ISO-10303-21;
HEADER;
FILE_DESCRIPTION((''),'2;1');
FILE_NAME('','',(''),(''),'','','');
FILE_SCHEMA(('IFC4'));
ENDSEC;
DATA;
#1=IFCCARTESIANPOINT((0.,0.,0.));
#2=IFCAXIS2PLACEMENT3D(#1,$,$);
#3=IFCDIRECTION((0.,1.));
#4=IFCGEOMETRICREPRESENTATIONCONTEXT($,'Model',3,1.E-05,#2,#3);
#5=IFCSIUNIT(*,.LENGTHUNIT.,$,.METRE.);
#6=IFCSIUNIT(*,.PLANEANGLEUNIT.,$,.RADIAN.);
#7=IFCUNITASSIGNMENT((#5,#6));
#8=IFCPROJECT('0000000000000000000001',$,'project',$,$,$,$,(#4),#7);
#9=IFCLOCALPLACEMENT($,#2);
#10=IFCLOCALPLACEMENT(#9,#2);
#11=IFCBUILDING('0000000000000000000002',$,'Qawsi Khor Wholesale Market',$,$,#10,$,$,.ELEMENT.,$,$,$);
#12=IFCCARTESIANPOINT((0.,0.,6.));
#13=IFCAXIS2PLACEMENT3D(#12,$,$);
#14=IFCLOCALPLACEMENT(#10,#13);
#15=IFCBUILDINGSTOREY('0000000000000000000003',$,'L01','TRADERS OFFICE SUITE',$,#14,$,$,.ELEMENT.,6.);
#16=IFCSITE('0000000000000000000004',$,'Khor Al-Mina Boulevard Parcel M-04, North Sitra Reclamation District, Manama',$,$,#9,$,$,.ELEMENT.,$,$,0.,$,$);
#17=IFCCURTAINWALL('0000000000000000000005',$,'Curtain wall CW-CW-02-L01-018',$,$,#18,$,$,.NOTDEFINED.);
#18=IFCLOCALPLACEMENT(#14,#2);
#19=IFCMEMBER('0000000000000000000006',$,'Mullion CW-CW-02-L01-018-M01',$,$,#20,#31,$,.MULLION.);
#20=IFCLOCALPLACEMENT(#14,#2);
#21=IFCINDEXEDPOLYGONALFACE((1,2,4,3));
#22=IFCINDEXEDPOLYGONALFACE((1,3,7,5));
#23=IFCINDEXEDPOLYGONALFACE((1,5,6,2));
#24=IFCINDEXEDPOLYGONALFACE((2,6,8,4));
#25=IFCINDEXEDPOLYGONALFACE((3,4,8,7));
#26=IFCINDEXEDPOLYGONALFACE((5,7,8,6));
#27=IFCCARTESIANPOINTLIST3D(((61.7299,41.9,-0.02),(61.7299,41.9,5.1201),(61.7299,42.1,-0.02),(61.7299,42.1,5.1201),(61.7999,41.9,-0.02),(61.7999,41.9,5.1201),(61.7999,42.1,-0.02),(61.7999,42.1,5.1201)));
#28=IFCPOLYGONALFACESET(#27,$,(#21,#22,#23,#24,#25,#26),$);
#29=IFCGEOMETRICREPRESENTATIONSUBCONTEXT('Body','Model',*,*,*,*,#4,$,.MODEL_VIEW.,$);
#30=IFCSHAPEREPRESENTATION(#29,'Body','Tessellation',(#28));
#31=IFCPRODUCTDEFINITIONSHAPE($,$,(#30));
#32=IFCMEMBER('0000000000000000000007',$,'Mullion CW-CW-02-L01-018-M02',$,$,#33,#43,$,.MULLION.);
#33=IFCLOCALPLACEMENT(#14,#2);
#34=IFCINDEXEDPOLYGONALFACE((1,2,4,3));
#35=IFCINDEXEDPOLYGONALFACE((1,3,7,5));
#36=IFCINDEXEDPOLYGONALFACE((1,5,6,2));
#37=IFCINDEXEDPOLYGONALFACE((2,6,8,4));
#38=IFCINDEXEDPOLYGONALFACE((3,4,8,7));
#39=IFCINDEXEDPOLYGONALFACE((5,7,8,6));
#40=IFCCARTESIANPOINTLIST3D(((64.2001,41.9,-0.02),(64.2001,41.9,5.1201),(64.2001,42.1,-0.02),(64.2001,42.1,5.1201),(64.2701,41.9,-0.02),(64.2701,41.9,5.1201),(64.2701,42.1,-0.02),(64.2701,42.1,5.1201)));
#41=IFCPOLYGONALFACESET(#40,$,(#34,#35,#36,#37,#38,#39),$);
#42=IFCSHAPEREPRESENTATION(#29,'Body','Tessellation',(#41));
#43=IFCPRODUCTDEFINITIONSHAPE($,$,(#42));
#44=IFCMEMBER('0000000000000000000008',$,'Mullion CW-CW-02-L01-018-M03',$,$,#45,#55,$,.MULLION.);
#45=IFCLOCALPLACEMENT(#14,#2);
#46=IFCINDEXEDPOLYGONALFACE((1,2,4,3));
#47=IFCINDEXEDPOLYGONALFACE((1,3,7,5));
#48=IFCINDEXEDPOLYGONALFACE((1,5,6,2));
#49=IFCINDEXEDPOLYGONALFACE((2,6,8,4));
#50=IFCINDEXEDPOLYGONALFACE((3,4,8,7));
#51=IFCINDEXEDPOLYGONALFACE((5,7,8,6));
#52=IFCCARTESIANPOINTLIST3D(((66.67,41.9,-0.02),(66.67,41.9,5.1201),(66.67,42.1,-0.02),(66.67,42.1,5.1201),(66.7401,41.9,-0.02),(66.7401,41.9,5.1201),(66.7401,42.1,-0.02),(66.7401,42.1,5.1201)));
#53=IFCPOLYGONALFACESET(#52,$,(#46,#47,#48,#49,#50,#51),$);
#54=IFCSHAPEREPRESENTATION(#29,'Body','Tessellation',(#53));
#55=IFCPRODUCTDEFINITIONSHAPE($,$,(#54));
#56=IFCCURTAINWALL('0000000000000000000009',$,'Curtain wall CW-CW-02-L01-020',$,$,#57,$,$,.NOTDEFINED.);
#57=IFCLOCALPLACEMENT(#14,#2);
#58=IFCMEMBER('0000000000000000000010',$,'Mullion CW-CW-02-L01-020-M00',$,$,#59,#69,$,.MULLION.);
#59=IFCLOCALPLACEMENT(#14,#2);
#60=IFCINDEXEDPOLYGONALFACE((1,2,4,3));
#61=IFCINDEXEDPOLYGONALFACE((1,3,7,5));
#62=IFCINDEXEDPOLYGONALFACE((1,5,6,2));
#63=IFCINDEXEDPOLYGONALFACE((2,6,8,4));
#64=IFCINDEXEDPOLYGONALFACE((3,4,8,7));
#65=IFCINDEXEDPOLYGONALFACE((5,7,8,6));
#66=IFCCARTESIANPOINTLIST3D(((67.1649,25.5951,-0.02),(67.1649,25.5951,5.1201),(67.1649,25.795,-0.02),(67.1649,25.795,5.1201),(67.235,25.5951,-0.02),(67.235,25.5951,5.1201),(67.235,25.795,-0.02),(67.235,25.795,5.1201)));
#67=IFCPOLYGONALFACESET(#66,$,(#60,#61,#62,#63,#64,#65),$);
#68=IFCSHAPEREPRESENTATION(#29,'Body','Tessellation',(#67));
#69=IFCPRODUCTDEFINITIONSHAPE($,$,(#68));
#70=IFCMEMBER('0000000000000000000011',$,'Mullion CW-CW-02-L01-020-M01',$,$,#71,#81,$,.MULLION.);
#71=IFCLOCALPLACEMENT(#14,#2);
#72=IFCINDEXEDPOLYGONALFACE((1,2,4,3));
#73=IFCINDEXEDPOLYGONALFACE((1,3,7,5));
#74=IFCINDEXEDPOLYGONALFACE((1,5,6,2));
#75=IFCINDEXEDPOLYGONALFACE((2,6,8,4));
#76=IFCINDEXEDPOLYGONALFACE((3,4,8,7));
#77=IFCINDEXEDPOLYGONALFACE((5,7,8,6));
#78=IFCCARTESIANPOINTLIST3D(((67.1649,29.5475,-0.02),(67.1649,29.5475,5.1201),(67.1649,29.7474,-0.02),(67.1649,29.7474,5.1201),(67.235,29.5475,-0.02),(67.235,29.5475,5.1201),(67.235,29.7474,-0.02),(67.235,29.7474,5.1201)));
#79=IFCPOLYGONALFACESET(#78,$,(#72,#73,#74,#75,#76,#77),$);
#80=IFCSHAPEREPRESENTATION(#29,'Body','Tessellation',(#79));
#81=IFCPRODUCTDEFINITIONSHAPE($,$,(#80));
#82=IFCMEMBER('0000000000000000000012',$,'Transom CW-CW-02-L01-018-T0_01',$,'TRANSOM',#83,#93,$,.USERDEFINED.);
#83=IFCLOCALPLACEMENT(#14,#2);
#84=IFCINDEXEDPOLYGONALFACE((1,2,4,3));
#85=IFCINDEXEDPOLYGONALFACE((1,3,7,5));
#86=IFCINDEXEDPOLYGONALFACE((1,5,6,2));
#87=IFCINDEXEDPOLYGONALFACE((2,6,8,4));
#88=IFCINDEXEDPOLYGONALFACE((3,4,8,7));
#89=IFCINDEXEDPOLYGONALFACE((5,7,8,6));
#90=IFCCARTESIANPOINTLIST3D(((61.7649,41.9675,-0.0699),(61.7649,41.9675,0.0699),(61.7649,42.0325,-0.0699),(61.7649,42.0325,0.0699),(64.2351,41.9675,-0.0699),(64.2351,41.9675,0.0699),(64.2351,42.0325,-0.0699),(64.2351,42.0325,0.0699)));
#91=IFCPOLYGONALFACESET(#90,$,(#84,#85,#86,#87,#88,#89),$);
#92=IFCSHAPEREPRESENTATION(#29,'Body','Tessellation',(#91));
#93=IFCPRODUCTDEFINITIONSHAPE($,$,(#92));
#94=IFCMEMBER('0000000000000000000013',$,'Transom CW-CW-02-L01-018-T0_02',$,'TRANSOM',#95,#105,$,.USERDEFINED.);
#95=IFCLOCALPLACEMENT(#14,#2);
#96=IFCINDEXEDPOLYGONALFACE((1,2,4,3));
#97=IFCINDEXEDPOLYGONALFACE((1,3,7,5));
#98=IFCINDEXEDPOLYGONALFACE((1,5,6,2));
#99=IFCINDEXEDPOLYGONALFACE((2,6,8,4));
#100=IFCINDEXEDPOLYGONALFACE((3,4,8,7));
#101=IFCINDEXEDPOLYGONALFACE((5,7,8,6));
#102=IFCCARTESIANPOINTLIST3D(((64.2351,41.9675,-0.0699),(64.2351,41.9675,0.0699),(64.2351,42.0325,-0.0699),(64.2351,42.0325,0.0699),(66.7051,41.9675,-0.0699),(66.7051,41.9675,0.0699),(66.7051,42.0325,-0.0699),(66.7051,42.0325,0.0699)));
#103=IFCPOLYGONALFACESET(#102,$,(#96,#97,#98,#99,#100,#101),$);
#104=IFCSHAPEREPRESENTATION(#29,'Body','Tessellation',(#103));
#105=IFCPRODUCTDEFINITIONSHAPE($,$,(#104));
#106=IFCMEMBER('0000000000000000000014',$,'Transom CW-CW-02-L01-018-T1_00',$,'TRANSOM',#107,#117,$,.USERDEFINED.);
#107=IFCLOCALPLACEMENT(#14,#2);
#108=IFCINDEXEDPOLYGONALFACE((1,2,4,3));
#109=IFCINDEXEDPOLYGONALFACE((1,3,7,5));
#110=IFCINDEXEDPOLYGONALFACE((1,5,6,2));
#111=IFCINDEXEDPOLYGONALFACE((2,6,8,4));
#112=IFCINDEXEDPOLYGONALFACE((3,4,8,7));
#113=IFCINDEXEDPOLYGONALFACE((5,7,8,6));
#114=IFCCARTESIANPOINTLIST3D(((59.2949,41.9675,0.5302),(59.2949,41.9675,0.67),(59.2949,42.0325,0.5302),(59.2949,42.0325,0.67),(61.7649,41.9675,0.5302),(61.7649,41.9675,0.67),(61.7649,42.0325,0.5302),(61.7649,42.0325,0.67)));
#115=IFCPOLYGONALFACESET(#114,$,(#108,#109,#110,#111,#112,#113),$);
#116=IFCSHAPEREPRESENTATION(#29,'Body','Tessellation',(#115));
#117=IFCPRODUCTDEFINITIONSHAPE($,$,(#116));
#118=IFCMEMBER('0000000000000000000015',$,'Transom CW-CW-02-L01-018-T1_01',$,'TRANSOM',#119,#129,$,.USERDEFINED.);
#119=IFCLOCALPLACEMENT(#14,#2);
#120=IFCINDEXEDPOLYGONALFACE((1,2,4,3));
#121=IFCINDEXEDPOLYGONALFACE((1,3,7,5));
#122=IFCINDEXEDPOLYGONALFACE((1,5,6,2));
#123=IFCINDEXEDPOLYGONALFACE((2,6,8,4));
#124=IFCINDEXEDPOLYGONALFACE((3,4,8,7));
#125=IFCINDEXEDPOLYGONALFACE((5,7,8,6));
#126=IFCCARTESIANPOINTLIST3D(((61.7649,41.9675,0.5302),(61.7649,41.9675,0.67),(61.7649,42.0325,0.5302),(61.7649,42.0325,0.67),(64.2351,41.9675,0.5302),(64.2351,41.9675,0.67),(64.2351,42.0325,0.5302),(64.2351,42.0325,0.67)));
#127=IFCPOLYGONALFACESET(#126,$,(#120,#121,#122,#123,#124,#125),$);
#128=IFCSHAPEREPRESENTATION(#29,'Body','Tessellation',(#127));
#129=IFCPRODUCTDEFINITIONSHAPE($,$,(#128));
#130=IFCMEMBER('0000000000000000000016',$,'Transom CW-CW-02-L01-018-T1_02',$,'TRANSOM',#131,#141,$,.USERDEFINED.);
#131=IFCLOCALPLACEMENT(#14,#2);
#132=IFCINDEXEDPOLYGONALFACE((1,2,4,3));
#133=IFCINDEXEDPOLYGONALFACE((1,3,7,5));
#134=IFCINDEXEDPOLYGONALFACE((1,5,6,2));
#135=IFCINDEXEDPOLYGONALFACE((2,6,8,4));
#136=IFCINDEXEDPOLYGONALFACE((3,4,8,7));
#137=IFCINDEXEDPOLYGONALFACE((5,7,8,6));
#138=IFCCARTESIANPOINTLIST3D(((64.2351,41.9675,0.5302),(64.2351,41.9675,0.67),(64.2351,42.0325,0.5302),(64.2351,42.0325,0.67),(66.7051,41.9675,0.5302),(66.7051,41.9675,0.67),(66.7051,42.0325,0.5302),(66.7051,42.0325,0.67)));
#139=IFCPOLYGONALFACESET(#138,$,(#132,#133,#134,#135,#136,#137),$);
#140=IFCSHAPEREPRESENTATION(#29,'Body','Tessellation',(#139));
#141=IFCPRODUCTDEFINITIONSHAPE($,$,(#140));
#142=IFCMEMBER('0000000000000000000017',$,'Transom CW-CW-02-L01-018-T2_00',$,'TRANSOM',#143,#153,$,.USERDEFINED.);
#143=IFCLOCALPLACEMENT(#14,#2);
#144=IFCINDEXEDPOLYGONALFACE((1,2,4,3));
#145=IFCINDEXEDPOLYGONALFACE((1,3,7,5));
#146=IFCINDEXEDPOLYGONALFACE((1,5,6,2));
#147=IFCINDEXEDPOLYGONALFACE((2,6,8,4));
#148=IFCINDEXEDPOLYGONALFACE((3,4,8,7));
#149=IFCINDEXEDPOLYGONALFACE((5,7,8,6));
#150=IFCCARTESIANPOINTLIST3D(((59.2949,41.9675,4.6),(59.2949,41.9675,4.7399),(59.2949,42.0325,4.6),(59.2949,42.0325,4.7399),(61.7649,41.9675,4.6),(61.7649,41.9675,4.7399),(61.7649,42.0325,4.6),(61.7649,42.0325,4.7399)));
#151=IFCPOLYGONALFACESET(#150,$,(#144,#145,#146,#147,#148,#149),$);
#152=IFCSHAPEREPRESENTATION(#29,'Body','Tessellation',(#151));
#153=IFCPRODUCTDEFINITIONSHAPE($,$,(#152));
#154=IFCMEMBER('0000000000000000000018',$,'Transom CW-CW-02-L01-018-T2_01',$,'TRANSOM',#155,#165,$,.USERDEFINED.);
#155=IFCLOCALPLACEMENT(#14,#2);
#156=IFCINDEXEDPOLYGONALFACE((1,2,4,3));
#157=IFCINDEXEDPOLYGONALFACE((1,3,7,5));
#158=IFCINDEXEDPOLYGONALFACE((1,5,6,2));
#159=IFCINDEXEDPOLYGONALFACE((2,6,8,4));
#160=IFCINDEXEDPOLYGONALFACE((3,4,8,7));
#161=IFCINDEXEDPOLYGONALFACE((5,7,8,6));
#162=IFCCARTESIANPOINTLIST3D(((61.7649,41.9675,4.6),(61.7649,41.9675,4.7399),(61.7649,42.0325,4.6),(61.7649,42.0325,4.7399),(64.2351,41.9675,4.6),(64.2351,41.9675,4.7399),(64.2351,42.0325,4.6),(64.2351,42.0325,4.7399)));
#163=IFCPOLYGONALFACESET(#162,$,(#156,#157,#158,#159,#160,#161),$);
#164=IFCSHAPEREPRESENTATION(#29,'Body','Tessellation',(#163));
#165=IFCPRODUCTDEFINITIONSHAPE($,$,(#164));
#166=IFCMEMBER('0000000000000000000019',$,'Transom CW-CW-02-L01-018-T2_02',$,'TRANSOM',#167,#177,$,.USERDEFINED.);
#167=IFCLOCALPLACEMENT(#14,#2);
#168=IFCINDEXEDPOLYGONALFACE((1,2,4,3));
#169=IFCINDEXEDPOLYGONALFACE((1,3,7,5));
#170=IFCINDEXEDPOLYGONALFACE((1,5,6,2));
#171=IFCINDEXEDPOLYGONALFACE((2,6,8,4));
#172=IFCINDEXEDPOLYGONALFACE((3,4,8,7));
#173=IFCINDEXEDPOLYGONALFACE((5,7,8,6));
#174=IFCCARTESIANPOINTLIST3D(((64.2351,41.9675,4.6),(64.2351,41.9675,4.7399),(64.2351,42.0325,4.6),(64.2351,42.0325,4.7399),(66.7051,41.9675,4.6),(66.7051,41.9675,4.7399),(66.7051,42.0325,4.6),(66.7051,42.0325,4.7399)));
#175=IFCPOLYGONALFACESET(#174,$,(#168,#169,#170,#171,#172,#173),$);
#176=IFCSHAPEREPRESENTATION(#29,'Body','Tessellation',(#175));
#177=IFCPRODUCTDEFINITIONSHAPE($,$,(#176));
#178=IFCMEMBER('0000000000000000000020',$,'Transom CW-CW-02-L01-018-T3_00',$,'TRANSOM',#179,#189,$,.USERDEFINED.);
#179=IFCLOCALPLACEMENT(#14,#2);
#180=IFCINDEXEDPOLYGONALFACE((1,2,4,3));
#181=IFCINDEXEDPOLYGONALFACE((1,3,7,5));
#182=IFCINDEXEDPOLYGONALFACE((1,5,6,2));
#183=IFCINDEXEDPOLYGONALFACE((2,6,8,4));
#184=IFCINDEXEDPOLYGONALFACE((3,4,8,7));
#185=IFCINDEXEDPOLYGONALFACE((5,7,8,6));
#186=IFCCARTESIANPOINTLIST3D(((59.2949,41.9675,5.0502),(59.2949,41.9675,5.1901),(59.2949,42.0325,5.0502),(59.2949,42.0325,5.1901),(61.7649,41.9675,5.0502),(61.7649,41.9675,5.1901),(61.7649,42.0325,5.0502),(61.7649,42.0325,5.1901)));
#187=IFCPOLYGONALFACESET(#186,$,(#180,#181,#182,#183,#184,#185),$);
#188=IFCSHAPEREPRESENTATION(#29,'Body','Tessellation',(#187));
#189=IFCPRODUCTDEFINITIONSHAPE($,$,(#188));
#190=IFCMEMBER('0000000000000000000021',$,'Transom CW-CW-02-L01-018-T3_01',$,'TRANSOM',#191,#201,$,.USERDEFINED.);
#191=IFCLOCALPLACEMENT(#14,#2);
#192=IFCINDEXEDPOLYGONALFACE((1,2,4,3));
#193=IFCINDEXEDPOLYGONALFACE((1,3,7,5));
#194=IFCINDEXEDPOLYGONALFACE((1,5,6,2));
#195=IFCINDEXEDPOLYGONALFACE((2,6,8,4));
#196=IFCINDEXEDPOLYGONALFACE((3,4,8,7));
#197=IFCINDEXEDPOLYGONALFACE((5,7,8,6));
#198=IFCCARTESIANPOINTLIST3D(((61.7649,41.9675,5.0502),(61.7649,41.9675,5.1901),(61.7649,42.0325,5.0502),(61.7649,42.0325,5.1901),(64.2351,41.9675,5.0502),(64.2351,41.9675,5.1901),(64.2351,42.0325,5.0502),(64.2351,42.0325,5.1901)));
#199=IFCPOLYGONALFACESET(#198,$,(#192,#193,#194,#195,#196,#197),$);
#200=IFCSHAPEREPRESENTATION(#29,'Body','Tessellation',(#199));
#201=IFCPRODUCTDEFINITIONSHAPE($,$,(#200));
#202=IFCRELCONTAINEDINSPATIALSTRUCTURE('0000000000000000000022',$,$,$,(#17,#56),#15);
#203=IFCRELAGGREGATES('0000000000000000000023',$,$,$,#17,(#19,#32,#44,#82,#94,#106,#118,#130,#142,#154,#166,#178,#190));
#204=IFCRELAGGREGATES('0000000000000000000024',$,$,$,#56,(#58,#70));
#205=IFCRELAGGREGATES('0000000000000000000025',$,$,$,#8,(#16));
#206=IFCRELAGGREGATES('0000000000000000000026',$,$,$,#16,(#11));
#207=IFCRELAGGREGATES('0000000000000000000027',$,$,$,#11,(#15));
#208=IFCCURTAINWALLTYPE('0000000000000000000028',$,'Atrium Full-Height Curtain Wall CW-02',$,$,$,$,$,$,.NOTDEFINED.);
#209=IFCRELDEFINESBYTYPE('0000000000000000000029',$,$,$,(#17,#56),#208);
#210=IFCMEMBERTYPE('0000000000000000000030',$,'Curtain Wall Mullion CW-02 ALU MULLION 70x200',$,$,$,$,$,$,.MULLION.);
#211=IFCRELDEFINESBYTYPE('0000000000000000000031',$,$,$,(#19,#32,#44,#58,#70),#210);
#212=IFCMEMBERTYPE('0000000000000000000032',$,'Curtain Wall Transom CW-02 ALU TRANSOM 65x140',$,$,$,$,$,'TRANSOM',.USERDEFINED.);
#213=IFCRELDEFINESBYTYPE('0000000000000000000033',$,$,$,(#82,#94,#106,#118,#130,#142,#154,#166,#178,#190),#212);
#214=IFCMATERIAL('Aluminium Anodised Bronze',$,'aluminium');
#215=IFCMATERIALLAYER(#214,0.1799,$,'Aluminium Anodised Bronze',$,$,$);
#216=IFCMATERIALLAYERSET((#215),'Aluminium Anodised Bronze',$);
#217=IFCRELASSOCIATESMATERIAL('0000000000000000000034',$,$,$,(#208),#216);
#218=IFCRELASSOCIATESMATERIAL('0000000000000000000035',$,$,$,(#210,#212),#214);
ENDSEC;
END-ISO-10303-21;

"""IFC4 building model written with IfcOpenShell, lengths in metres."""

from ifc_helpers import new_model, si_unit, direction, frame, origin, origin_2d, place, context, subcontext, project, spatial, rectangle, extrude, material, layer, layer_set, material_profile, profile_set, type_object, element, aggregate, save


model = new_model("IFC4")

# Units and contexts
model_context = context("Model", 3, precision=1e-05, world=origin(), true_north=direction((0.0, 1.0)))
body_context = subcontext(model_context, "Body", "Model", "MODEL_VIEW")
ifc_project = project(units=[si_unit("LENGTHUNIT", "METRE"), si_unit("PLANEANGLEUNIT", "RADIAN")], contexts=[model_context])

# Site, building, storey
site_placement = place(None, origin())
site = spatial("IfcSite", under=ifc_project, at=site_placement, Name="Khor Al-Mina Boulevard Parcel M-04, North Sitra Reclamation District, Manama", CompositionType="ELEMENT", RefElevation=0.0)
building_placement = place(site_placement, origin())
building = spatial("IfcBuilding", under=site, at=building_placement, Name="Qawsi Khor Wholesale Market", CompositionType="ELEMENT")
storey_placement = place(building_placement, frame((0.0, 0.0, 6.0)))
storey = spatial("IfcBuildingStorey", under=building, at=storey_placement, Name="L01", Description="TRADERS OFFICE SUITE", CompositionType="ELEMENT", Elevation=6.0)

# Curtain walls, members
ifc_material_1 = material(Name="Aluminium Anodised Bronze", Category="aluminium")
ifc_layer_1 = layer(ifc_material_1, 0.1799, Name="Aluminium Anodised Bronze")
ifc_layer_set_1 = layer_set([ifc_layer_1], Name="Aluminium Anodised Bronze")
curtain_wall_type = type_object("IfcCurtainWallType", Name="Atrium Full-Height Curtain Wall CW-02", PredefinedType="NOTDEFINED", material=ifc_layer_set_1)
curtain_wall_1_placement = place(storey_placement, origin())
curtain_wall_1 = element("IfcCurtainWall", 1, at=curtain_wall_1_placement, inside=storey, type_object=curtain_wall_type, Name="Curtain wall CW-CW-02-L01-018", PredefinedType="NOTDEFINED")
ifc_material_profile_1 = material_profile(ifc_material_1, rectangle(XDim=0.0701, YDim=0.2, at=origin_2d()), Name="ALU MULLION 70x200")
ifc_profile_set_1 = profile_set([ifc_material_profile_1], Name="Aluminium Anodised Bronze")
member_type_1 = type_object("IfcMemberType", Name="Curtain Wall Mullion CW-02 ALU MULLION 70x200", PredefinedType="MULLION", material=ifc_profile_set_1)
member_1_placement = place(storey_placement, frame((61.7649, 42.0, -0.02), z_axis=(0.0, 0.0, 1.0), x_axis=(1.0, 0.0, 0.0)))
member_1 = element("IfcMember", 2, at=member_1_placement, type_object=member_type_1, Name="Mullion CW-CW-02-L01-018-M01", PredefinedType="MULLION", context=body_context, shape_type="SweptSolid", body=[
    extrude(rectangle(XDim=0.0701, YDim=0.2, at=origin_2d()), origin(), (0.0, 0.0, 1.0), 5.1401),
])
member_2_placement = place(storey_placement, frame((64.2351, 42.0, -0.02), z_axis=(0.0, 0.0, 1.0), x_axis=(1.0, 0.0, 0.0)))
member_2 = element("IfcMember", 3, at=member_2_placement, type_object=member_type_1, Name="Mullion CW-CW-02-L01-018-M02", PredefinedType="MULLION", context=body_context, shape_type="SweptSolid", body=[
    extrude(rectangle(XDim=0.0701, YDim=0.2, at=origin_2d()), origin(), (0.0, 0.0, 1.0), 5.1401),
])
member_3_placement = place(storey_placement, frame((66.7051, 42.0, -0.02), z_axis=(0.0, 0.0, 1.0), x_axis=(1.0, 0.0, 0.0)))
member_3 = element("IfcMember", 4, at=member_3_placement, type_object=member_type_1, Name="Mullion CW-CW-02-L01-018-M03", PredefinedType="MULLION", context=body_context, shape_type="SweptSolid", body=[
    extrude(rectangle(XDim=0.0701, YDim=0.2, at=origin_2d()), origin(), (0.0, 0.0, 1.0), 5.1401),
])
curtain_wall_2_placement = place(storey_placement, origin())
curtain_wall_2 = element("IfcCurtainWall", 5, at=curtain_wall_2_placement, inside=storey, type_object=curtain_wall_type, Name="Curtain wall CW-CW-02-L01-020", PredefinedType="NOTDEFINED")
member_4_placement = place(storey_placement, frame((67.2, 25.6951, -0.02), z_axis=(0.0, 0.0, 1.0), x_axis=(1.0, 0.0, 0.0)))
member_4 = element("IfcMember", 6, at=member_4_placement, type_object=member_type_1, Name="Mullion CW-CW-02-L01-020-M00", PredefinedType="MULLION", context=body_context, shape_type="SweptSolid", body=[
    extrude(rectangle(XDim=0.0701, YDim=0.2, at=origin_2d()), origin(), (0.0, 0.0, 1.0), 5.1401),
])
member_5_placement = place(storey_placement, frame((67.2, 29.6475, -0.02), z_axis=(0.0, 0.0, 1.0), x_axis=(1.0, 0.0, 0.0)))
member_5 = element("IfcMember", 7, at=member_5_placement, type_object=member_type_1, Name="Mullion CW-CW-02-L01-020-M01", PredefinedType="MULLION", context=body_context, shape_type="SweptSolid", body=[
    extrude(rectangle(XDim=0.0701, YDim=0.2, at=origin_2d()), origin(), (0.0, 0.0, 1.0), 5.1401),
])

# Members
ifc_material_profile_2 = material_profile(ifc_material_1, rectangle(XDim=0.0649, YDim=0.1399, at=origin_2d()), Name="ALU TRANSOM 65x140")
ifc_profile_set_2 = profile_set([ifc_material_profile_2], Name="Aluminium Anodised Bronze")
member_type_2 = type_object("IfcMemberType", Name="Curtain Wall Transom CW-02 ALU TRANSOM 65x140", ElementType="TRANSOM", PredefinedType="USERDEFINED", material=ifc_profile_set_2)
member_6_placement = place(storey_placement, frame((61.7649, 42.0, 0.0), z_axis=(1.0, 0.0, 0.0), x_axis=(0.0, 1.0, 0.0)))
member_6 = element("IfcMember", 8, at=member_6_placement, type_object=member_type_2, Name="Transom CW-CW-02-L01-018-T0_01", ObjectType="TRANSOM", PredefinedType="USERDEFINED", context=body_context, shape_type="SweptSolid", body=[
    extrude(rectangle(XDim=0.0649, YDim=0.1399, at=origin_2d()), origin(), (0.0, 0.0, 1.0), 2.4702),
])
member_7_placement = place(storey_placement, frame((64.2351, 42.0, 0.0), z_axis=(1.0, 0.0, 0.0), x_axis=(0.0, 1.0, 0.0)))
member_7 = element("IfcMember", 9, at=member_7_placement, type_object=member_type_2, Name="Transom CW-CW-02-L01-018-T0_02", ObjectType="TRANSOM", PredefinedType="USERDEFINED", context=body_context, shape_type="SweptSolid", body=[
    extrude(rectangle(XDim=0.0649, YDim=0.1399, at=origin_2d()), origin(), (0.0, 0.0, 1.0), 2.47),
])
member_8_placement = place(storey_placement, frame((59.2949, 42.0, 0.6001), z_axis=(1.0, 0.0, 0.0), x_axis=(0.0, 1.0, 0.0)))
member_8 = element("IfcMember", 10, at=member_8_placement, type_object=member_type_2, Name="Transom CW-CW-02-L01-018-T1_00", ObjectType="TRANSOM", PredefinedType="USERDEFINED", context=body_context, shape_type="SweptSolid", body=[
    extrude(rectangle(XDim=0.0649, YDim=0.1399, at=origin_2d()), origin(), (0.0, 0.0, 1.0), 2.47),
])
member_9_placement = place(storey_placement, frame((61.7649, 42.0, 0.6001), z_axis=(1.0, 0.0, 0.0), x_axis=(0.0, 1.0, 0.0)))
member_9 = element("IfcMember", 11, at=member_9_placement, type_object=member_type_2, Name="Transom CW-CW-02-L01-018-T1_01", ObjectType="TRANSOM", PredefinedType="USERDEFINED", context=body_context, shape_type="SweptSolid", body=[
    extrude(rectangle(XDim=0.0649, YDim=0.1399, at=origin_2d()), origin(), (0.0, 0.0, 1.0), 2.4702),
])
member_10_placement = place(storey_placement, frame((64.2351, 42.0, 0.6001), z_axis=(1.0, 0.0, 0.0), x_axis=(0.0, 1.0, 0.0)))
member_10 = element("IfcMember", 12, at=member_10_placement, type_object=member_type_2, Name="Transom CW-CW-02-L01-018-T1_02", ObjectType="TRANSOM", PredefinedType="USERDEFINED", context=body_context, shape_type="SweptSolid", body=[
    extrude(rectangle(XDim=0.0649, YDim=0.1399, at=origin_2d()), origin(), (0.0, 0.0, 1.0), 2.47),
])
member_11_placement = place(storey_placement, frame((59.2949, 42.0, 4.6699), z_axis=(1.0, 0.0, 0.0), x_axis=(0.0, 1.0, 0.0)))
member_11 = element("IfcMember", 13, at=member_11_placement, type_object=member_type_2, Name="Transom CW-CW-02-L01-018-T2_00", ObjectType="TRANSOM", PredefinedType="USERDEFINED", context=body_context, shape_type="SweptSolid", body=[
    extrude(rectangle(XDim=0.0649, YDim=0.1399, at=origin_2d()), origin(), (0.0, 0.0, 1.0), 2.47),
])
member_12_placement = place(storey_placement, frame((61.7649, 42.0, 4.6699), z_axis=(1.0, 0.0, 0.0), x_axis=(0.0, 1.0, 0.0)))
member_12 = element("IfcMember", 14, at=member_12_placement, type_object=member_type_2, Name="Transom CW-CW-02-L01-018-T2_01", ObjectType="TRANSOM", PredefinedType="USERDEFINED", context=body_context, shape_type="SweptSolid", body=[
    extrude(rectangle(XDim=0.0649, YDim=0.1399, at=origin_2d()), origin(), (0.0, 0.0, 1.0), 2.4702),
])
member_13_placement = place(storey_placement, frame((64.2351, 42.0, 4.6699), z_axis=(1.0, 0.0, 0.0), x_axis=(0.0, 1.0, 0.0)))
member_13 = element("IfcMember", 15, at=member_13_placement, type_object=member_type_2, Name="Transom CW-CW-02-L01-018-T2_02", ObjectType="TRANSOM", PredefinedType="USERDEFINED", context=body_context, shape_type="SweptSolid", body=[
    extrude(rectangle(XDim=0.0649, YDim=0.1399, at=origin_2d()), origin(), (0.0, 0.0, 1.0), 2.47),
])
member_14_placement = place(storey_placement, frame((59.2949, 42.0, 5.1201), z_axis=(1.0, 0.0, 0.0), x_axis=(0.0, 1.0, 0.0)))
member_14 = element("IfcMember", 16, at=member_14_placement, type_object=member_type_2, Name="Transom CW-CW-02-L01-018-T3_00", ObjectType="TRANSOM", PredefinedType="USERDEFINED", context=body_context, shape_type="SweptSolid", body=[
    extrude(rectangle(XDim=0.0649, YDim=0.1399, at=origin_2d()), origin(), (0.0, 0.0, 1.0), 2.47),
])
member_15_placement = place(storey_placement, frame((61.7649, 42.0, 5.1201), z_axis=(1.0, 0.0, 0.0), x_axis=(0.0, 1.0, 0.0)))
member_15 = element("IfcMember", 17, at=member_15_placement, type_object=member_type_2, Name="Transom CW-CW-02-L01-018-T3_01", ObjectType="TRANSOM", PredefinedType="USERDEFINED", context=body_context, shape_type="SweptSolid", body=[
    extrude(rectangle(XDim=0.0649, YDim=0.1399, at=origin_2d()), origin(), (0.0, 0.0, 1.0), 2.4702),
])

aggregate(curtain_wall_1, [member_1, member_2, member_3, member_6, member_7, member_8, member_9, member_10, member_11, member_12, member_13, member_14, member_15])
aggregate(curtain_wall_2, [member_4, member_5])

save(model, "model.ifc")
